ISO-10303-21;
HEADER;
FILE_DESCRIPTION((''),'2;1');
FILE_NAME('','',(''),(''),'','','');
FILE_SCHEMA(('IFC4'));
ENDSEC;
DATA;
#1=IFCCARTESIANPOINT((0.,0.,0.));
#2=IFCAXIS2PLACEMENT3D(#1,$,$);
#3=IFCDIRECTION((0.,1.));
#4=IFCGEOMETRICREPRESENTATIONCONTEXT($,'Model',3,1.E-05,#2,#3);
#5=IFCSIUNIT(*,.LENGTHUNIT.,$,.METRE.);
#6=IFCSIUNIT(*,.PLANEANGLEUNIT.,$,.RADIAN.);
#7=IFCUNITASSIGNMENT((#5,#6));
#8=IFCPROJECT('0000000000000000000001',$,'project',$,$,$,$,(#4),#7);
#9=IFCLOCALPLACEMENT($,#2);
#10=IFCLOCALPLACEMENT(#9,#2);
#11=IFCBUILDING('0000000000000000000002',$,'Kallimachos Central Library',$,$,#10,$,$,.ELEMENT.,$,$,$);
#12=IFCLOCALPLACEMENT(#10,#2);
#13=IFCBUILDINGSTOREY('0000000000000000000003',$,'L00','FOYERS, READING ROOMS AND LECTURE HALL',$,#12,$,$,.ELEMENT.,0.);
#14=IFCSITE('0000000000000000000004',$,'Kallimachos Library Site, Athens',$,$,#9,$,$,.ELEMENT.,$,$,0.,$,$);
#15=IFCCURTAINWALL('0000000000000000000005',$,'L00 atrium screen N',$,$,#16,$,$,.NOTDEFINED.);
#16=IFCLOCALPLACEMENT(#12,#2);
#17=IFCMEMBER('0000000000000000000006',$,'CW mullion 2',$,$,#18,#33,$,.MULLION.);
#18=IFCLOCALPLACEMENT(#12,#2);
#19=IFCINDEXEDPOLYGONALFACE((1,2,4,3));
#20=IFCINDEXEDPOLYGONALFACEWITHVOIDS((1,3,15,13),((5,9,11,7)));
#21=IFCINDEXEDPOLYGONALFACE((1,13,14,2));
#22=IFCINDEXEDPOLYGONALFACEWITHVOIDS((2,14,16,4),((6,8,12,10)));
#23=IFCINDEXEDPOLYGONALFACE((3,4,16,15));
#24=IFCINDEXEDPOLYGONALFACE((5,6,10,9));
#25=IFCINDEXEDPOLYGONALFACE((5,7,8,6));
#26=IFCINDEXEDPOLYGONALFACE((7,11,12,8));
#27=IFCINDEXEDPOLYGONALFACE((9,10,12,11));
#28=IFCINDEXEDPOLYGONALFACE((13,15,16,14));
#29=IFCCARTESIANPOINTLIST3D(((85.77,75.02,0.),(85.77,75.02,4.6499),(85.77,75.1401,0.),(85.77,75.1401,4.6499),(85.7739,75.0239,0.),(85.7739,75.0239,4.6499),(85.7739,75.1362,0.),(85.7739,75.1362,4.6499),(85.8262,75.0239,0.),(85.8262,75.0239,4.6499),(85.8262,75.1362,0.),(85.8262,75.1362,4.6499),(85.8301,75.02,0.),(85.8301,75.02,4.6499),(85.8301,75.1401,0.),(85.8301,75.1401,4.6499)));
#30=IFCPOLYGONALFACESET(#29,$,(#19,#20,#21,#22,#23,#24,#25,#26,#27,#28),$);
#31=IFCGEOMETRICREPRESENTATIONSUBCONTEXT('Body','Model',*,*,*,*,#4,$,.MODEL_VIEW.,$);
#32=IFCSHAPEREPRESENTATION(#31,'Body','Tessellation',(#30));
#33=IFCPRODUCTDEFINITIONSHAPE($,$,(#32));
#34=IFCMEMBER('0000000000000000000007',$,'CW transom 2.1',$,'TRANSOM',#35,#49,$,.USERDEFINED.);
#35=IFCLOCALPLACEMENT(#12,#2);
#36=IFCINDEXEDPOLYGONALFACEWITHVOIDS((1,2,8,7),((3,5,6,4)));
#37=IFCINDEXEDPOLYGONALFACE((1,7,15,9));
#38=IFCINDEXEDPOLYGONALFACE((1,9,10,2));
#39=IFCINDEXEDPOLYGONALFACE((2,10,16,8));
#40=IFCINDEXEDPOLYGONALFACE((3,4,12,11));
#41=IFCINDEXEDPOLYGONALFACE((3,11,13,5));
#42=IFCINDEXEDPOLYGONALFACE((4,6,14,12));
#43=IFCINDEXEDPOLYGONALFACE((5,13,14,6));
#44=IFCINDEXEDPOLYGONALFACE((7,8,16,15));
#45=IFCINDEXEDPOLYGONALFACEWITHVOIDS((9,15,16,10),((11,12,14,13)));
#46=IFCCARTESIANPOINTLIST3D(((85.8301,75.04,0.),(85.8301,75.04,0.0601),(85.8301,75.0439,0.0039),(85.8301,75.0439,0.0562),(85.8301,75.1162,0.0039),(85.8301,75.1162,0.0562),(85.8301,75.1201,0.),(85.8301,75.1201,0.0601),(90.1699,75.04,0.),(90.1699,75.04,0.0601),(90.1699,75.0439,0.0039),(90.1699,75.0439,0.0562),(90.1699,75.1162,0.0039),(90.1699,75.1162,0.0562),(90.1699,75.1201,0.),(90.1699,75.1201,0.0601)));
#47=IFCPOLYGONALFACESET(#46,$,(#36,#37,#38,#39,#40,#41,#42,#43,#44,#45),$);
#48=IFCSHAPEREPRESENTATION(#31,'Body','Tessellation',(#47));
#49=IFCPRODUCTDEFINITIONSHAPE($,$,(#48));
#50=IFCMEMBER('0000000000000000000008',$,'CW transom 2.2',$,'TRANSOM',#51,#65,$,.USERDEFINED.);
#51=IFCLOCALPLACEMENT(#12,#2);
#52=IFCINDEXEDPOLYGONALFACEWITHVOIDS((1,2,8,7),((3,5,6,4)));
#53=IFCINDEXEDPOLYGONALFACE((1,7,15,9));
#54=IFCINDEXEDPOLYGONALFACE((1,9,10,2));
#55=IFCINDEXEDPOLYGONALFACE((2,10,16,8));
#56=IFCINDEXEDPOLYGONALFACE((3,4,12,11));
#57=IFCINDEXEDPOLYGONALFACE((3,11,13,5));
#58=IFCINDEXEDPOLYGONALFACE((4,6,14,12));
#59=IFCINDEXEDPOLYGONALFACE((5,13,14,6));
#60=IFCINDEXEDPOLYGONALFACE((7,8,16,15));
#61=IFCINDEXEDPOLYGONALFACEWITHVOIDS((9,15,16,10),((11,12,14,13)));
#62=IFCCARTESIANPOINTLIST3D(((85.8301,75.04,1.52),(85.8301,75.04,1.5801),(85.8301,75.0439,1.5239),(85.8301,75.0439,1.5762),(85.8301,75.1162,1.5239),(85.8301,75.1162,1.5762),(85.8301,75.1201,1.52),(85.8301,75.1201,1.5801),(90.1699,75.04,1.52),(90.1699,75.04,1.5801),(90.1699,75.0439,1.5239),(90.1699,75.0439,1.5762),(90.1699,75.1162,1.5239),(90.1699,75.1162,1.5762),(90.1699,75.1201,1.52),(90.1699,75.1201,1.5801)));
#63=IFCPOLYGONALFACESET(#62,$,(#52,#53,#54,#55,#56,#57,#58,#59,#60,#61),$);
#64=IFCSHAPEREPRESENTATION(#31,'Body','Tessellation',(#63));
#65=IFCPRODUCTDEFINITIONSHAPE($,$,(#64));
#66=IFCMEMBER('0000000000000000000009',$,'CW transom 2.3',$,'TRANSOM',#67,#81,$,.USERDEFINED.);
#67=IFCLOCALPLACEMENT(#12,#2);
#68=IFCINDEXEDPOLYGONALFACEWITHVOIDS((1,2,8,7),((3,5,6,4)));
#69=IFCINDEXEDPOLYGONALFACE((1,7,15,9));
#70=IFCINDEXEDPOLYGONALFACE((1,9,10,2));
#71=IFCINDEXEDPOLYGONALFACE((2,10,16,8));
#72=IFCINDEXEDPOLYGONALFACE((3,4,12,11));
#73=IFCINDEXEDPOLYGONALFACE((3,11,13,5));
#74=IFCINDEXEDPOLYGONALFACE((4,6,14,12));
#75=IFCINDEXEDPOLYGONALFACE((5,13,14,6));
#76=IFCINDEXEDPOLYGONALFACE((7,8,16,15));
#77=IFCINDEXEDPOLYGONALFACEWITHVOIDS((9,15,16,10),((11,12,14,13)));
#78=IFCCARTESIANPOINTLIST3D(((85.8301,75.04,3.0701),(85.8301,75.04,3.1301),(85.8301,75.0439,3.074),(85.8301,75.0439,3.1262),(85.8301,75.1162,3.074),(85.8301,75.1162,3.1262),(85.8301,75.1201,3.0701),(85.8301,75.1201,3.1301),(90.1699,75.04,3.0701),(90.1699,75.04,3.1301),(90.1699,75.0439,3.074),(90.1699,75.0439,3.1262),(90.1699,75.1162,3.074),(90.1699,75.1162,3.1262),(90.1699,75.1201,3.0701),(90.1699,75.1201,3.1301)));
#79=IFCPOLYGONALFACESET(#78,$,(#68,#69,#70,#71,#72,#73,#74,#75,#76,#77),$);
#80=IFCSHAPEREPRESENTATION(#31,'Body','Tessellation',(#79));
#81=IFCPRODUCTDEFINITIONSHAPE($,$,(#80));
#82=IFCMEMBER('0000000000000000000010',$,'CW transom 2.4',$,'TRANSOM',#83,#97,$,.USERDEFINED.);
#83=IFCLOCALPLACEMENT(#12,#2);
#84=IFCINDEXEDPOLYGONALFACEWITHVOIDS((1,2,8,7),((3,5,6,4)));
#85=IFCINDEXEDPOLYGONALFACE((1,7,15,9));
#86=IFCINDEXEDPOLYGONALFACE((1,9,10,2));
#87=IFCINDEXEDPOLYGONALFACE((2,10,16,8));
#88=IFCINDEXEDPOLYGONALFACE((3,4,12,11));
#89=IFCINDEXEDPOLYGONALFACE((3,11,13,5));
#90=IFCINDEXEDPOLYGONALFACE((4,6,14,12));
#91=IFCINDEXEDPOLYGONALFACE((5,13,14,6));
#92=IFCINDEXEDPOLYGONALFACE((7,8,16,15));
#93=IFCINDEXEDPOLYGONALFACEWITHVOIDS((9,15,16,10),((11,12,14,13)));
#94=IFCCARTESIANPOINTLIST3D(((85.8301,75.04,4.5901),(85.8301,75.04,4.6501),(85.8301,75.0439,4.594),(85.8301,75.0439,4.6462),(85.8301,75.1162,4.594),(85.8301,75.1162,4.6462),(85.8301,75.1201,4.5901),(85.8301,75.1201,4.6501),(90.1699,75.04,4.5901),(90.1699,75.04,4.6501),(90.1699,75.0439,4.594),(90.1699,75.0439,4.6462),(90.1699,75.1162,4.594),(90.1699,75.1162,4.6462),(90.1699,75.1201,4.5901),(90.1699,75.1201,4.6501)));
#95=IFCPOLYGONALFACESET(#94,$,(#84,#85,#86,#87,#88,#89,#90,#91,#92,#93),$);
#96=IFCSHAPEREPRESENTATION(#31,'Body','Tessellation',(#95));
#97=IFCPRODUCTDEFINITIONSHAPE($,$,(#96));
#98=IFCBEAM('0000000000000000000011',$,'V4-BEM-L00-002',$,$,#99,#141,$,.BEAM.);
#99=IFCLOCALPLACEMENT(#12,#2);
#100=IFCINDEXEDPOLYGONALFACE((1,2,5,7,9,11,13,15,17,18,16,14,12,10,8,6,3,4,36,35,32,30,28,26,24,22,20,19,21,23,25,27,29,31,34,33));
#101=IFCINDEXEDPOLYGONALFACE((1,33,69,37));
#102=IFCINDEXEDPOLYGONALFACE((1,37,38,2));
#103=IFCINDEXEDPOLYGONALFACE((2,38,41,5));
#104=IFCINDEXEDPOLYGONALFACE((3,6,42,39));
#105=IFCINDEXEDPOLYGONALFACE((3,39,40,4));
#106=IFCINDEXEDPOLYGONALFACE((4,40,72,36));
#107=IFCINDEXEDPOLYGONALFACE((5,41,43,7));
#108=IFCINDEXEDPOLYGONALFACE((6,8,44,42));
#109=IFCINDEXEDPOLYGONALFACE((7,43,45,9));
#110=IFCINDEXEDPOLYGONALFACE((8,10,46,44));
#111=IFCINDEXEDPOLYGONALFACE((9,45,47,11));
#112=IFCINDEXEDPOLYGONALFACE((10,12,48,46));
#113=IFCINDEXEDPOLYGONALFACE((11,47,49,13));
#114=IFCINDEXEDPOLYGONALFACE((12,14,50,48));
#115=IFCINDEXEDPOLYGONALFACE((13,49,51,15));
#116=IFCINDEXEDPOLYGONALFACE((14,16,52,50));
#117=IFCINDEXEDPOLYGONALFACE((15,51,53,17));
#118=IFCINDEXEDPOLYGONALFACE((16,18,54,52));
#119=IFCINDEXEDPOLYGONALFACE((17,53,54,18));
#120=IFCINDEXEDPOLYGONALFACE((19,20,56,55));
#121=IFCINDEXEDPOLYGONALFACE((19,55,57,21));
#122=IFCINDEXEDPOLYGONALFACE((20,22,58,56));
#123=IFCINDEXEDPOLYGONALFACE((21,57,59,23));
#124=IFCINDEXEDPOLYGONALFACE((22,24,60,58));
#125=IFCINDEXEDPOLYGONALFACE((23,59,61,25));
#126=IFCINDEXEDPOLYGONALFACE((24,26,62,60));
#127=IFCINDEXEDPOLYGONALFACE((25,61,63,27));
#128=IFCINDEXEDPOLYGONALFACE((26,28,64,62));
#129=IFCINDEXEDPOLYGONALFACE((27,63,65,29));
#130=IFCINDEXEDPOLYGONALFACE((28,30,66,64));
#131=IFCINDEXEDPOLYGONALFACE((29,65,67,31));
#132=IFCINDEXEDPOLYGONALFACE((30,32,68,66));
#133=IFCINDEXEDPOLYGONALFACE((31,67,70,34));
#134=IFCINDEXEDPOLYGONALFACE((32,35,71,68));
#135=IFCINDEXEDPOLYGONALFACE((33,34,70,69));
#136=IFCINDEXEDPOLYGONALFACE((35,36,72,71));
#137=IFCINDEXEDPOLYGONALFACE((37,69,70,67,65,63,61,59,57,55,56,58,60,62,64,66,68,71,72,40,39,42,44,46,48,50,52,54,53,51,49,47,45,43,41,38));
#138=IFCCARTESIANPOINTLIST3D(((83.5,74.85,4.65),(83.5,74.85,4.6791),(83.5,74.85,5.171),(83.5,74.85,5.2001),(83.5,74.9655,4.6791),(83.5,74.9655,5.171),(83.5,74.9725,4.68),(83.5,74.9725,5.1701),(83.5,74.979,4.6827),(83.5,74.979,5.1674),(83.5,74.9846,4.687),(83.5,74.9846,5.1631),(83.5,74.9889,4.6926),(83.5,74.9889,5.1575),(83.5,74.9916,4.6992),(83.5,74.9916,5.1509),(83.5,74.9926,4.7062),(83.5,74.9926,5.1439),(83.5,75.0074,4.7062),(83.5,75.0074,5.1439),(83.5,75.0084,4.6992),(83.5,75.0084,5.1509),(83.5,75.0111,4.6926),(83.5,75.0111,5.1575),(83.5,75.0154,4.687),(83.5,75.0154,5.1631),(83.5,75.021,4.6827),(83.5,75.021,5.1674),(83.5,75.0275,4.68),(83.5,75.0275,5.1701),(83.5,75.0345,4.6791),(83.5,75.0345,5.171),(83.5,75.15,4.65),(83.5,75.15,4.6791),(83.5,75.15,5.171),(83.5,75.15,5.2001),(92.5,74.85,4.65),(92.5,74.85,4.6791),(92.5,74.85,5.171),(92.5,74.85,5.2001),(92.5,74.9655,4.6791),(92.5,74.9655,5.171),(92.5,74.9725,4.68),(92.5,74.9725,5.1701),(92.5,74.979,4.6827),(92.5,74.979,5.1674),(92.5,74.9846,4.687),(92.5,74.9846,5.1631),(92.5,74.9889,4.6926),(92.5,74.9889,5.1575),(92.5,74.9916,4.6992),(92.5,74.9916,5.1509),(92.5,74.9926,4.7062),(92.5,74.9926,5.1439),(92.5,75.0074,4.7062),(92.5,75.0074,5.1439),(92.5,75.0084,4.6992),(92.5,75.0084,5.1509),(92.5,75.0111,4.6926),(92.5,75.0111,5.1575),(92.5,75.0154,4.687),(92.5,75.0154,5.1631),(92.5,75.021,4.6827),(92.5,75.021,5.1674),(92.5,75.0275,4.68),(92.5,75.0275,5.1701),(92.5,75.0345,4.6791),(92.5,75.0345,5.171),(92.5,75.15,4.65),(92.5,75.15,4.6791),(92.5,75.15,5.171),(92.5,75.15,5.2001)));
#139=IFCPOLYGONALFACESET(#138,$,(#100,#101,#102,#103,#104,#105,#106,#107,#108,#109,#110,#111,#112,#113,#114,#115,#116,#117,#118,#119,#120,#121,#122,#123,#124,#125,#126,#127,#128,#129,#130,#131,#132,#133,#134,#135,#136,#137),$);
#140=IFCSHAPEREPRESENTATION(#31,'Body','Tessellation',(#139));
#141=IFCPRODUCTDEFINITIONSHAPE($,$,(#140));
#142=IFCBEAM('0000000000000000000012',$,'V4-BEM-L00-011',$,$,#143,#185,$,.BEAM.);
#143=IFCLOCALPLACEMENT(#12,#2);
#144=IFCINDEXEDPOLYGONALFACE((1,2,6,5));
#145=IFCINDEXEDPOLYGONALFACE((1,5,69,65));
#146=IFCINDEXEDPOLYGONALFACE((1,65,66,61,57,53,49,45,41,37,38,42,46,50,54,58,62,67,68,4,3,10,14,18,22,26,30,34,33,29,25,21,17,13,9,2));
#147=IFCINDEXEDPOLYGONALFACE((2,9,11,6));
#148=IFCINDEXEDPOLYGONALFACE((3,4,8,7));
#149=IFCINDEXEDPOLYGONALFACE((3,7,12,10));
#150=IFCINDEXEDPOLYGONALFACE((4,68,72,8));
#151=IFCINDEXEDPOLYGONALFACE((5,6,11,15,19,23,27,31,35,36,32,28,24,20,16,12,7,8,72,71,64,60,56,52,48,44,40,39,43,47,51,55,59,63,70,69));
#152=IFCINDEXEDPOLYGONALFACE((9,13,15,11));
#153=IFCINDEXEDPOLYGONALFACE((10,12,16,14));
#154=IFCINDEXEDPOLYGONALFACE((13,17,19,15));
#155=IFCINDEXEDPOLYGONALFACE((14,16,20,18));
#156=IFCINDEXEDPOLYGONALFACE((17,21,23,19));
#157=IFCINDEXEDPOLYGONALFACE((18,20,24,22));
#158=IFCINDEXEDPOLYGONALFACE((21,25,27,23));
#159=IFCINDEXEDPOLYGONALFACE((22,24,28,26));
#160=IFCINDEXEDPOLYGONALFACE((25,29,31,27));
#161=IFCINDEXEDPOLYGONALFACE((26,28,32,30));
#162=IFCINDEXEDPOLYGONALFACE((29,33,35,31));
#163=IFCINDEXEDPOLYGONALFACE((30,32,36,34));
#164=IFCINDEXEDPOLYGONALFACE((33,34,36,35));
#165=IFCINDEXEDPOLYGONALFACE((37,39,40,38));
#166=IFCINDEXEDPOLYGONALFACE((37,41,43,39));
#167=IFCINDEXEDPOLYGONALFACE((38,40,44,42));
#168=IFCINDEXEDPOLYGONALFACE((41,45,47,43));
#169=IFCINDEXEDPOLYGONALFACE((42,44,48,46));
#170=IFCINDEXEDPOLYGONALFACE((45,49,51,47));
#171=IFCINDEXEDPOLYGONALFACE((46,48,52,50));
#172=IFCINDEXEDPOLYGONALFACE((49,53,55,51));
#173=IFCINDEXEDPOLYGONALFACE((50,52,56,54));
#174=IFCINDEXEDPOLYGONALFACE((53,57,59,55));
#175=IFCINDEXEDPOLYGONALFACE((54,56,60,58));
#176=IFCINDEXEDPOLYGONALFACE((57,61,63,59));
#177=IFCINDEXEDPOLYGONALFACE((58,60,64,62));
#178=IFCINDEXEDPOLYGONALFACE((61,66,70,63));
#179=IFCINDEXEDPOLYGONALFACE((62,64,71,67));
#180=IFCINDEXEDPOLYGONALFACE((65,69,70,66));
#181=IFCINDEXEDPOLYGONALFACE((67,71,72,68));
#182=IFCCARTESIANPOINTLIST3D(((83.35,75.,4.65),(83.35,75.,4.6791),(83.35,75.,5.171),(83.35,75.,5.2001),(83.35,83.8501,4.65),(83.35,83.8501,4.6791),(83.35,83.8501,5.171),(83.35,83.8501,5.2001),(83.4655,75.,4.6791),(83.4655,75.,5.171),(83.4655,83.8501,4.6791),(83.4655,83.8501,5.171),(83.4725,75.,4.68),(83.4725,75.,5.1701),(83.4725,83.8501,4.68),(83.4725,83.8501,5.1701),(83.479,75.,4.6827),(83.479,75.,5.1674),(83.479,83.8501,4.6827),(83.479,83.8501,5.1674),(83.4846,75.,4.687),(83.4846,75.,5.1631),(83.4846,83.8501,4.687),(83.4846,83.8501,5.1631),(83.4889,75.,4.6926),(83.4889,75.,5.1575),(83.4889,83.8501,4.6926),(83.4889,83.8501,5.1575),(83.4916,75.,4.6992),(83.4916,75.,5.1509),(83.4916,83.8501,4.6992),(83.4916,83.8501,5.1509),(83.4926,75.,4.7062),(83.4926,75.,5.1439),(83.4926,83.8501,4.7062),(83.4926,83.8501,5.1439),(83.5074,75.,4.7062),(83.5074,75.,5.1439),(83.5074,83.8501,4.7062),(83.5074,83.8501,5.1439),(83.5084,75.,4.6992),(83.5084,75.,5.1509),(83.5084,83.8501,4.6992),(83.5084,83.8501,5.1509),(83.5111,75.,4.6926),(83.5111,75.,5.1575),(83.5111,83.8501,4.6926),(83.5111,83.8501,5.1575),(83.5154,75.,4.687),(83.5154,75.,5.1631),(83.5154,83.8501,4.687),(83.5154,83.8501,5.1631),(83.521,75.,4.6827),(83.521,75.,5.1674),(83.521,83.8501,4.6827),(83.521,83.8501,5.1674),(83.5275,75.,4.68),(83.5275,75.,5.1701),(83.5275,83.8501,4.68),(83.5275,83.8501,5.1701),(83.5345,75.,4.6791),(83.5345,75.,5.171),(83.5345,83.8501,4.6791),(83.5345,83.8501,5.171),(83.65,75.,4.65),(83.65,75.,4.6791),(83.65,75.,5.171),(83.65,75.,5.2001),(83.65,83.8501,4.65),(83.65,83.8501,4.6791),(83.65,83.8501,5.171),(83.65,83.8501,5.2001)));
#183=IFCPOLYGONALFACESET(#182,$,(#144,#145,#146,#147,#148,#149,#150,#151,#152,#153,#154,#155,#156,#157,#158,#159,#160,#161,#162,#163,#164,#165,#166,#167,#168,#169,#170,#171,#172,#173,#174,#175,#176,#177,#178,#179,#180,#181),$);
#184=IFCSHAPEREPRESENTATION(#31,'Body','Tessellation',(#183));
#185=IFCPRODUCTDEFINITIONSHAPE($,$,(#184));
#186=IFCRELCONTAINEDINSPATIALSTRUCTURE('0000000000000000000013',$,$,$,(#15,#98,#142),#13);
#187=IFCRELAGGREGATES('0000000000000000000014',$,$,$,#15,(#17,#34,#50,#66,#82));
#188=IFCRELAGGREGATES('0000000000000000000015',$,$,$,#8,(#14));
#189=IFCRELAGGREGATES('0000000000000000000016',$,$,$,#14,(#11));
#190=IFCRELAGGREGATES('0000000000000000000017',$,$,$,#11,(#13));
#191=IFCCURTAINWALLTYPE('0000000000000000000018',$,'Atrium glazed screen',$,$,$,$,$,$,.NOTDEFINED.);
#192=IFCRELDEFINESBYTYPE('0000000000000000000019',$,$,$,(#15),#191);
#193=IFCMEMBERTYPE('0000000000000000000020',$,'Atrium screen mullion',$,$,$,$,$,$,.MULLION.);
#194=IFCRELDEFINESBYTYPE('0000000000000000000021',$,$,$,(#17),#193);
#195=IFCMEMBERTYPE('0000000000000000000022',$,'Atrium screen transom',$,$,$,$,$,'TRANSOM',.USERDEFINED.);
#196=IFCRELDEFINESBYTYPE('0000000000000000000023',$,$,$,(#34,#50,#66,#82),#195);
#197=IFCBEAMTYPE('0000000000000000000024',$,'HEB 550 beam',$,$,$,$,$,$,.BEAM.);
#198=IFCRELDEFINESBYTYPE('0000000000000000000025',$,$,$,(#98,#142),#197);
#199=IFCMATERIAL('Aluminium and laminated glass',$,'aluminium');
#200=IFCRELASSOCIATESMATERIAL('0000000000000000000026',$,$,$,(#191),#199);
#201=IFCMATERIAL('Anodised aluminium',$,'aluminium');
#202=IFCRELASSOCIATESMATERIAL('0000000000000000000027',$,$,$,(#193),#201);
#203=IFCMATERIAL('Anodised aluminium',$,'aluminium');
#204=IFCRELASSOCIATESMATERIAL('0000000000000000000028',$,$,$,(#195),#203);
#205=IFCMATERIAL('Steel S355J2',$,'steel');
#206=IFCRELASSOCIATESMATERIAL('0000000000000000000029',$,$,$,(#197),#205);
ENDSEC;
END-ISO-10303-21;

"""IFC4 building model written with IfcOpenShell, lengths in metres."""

from ifc_helpers import new_model, si_unit, direction, frame, origin, origin_2d, place, context, subcontext, project, spatial, hollow_rectangle, i_section, extrude, material, material_profile, profile_set, type_object, element, aggregate, save


model = new_model("IFC4")

# Units and contexts
model_context = context("Model", 3, precision=1e-05, world=origin(), true_north=direction((0.0, 1.0)))
body_context = subcontext(model_context, "Body", "Model", "MODEL_VIEW")
ifc_project = project(units=[si_unit("LENGTHUNIT", "METRE"), si_unit("PLANEANGLEUNIT", "RADIAN")], contexts=[model_context])

# Site, building, storey
site_placement = place(None, origin())
site = spatial("IfcSite", under=ifc_project, at=site_placement, Name="Kallimachos Library Site, Athens", CompositionType="ELEMENT", RefElevation=0.0)
building_placement = place(site_placement, origin())
building = spatial("IfcBuilding", under=site, at=building_placement, Name="Kallimachos Central Library", CompositionType="ELEMENT")
storey_placement = place(building_placement, origin())
storey = spatial("IfcBuildingStorey", under=building, at=storey_placement, Name="L00", Description="FOYERS, READING ROOMS AND LECTURE HALL", CompositionType="ELEMENT", Elevation=0.0)

# Curtain wall, members
ifc_material_1 = material(Name="Aluminium and laminated glass", Category="aluminium")
curtain_wall_type = type_object("IfcCurtainWallType", Name="Atrium glazed screen", PredefinedType="NOTDEFINED", material=ifc_material_1)
curtain_wall_placement = place(storey_placement, origin())
curtain_wall = element("IfcCurtainWall", 1, at=curtain_wall_placement, inside=storey, type_object=curtain_wall_type, Name="L00 atrium screen N", PredefinedType="NOTDEFINED")
ifc_material_2 = material(Name="Anodised aluminium", Category="aluminium")
ifc_material_profile_1 = material_profile(ifc_material_2, hollow_rectangle(XDim=0.0601, YDim=0.1201, WallThickness=0.0039, at=origin_2d()), Name="ALU MULLION 60x120")
ifc_profile_set_1 = profile_set([ifc_material_profile_1], Name="Anodised aluminium")
member_type_1 = type_object("IfcMemberType", Name="Atrium screen mullion", PredefinedType="MULLION", material=ifc_profile_set_1)
member_1_placement = place(storey_placement, frame((85.8, 75.0801, 0.0), z_axis=(0.0, 0.0, 1.0), x_axis=(1.0, 0.0, 0.0)))
member_1 = element("IfcMember", 2, at=member_1_placement, type_object=member_type_1, Name="CW mullion 2", PredefinedType="MULLION", context=body_context, shape_type="SweptSolid", body=[
    extrude(hollow_rectangle(XDim=0.0601, YDim=0.1201, WallThickness=0.0039, at=origin_2d()), origin(), (0.0, 0.0, 1.0), 4.6499),
])
ifc_material_3 = material(Name="Anodised aluminium", Category="aluminium")
ifc_material_profile_2 = material_profile(ifc_material_3, hollow_rectangle(XDim=0.0601, YDim=0.0801, WallThickness=0.0039, at=origin_2d()), Name="ALU TRANSOM 60x80")
ifc_profile_set_2 = profile_set([ifc_material_profile_2], Name="Anodised aluminium")
member_type_2 = type_object("IfcMemberType", Name="Atrium screen transom", ElementType="TRANSOM", PredefinedType="USERDEFINED", material=ifc_profile_set_2)
member_2_placement = place(storey_placement, frame((85.8301, 75.0801, 0.03), z_axis=(1.0, 0.0, 0.0), x_axis=(0.0, 0.0, 1.0)))
member_2 = element("IfcMember", 3, at=member_2_placement, type_object=member_type_2, Name="CW transom 2.1", ObjectType="TRANSOM", PredefinedType="USERDEFINED", context=body_context, shape_type="SweptSolid", body=[
    extrude(hollow_rectangle(XDim=0.0601, YDim=0.0801, WallThickness=0.0039, at=origin_2d()), origin(), (0.0, 0.0, 1.0), 4.3398),
])
member_3_placement = place(storey_placement, frame((85.8301, 75.0801, 1.55), z_axis=(1.0, 0.0, 0.0), x_axis=(0.0, 0.0, 1.0)))
member_3 = element("IfcMember", 4, at=member_3_placement, type_object=member_type_2, Name="CW transom 2.2", ObjectType="TRANSOM", PredefinedType="USERDEFINED", context=body_context, shape_type="SweptSolid", body=[
    extrude(hollow_rectangle(XDim=0.0601, YDim=0.0801, WallThickness=0.0039, at=origin_2d()), origin(), (0.0, 0.0, 1.0), 4.3398),
])
member_4_placement = place(storey_placement, frame((85.8301, 75.0801, 3.1001), z_axis=(1.0, 0.0, 0.0), x_axis=(0.0, 0.0, 1.0)))
member_4 = element("IfcMember", 5, at=member_4_placement, type_object=member_type_2, Name="CW transom 2.3", ObjectType="TRANSOM", PredefinedType="USERDEFINED", context=body_context, shape_type="SweptSolid", body=[
    extrude(hollow_rectangle(XDim=0.0601, YDim=0.0801, WallThickness=0.0039, at=origin_2d()), origin(), (0.0, 0.0, 1.0), 4.3398),
])
member_5_placement = place(storey_placement, frame((85.8301, 75.0801, 4.6201), z_axis=(1.0, 0.0, 0.0), x_axis=(0.0, 0.0, 1.0)))
member_5 = element("IfcMember", 6, at=member_5_placement, type_object=member_type_2, Name="CW transom 2.4", ObjectType="TRANSOM", PredefinedType="USERDEFINED", context=body_context, shape_type="SweptSolid", body=[
    extrude(hollow_rectangle(XDim=0.0601, YDim=0.0801, WallThickness=0.0039, at=origin_2d()), origin(), (0.0, 0.0, 1.0), 4.3398),
])

# Beams
ifc_material_4 = material(Name="Steel S355J2", Category="steel")
ifc_material_profile_3 = material_profile(ifc_material_4, i_section(OverallWidth=0.3, OverallDepth=0.55, WebThickness=0.0149, FlangeThickness=0.0291, FilletRadius=0.0271, at=origin_2d()), Name="HEB 550")
ifc_profile_set_3 = profile_set([ifc_material_profile_3], Name="Steel S355J2")
beam_type_1 = type_object("IfcBeamType", Name="HEB 550 beam", PredefinedType="BEAM", material=ifc_profile_set_3)
beam_1_placement = place(storey_placement, frame((83.5, 75.0, 4.925), z_axis=(1.0, 0.0, 0.0), x_axis=(0.0, 1.0, 0.0)))
element("IfcBeam", 7, at=beam_1_placement, inside=storey, type_object=beam_type_1, Name="V4-BEM-L00-002", PredefinedType="BEAM", context=body_context, shape_type="SweptSolid", body=[
    extrude(i_section(OverallWidth=0.3, OverallDepth=0.55, WebThickness=0.0149, FlangeThickness=0.0291, FilletRadius=0.0271, at=origin_2d()), origin(), (0.0, 0.0, 1.0), 9.0),
])
beam_2_placement = place(storey_placement, frame((83.5, 75.0, 4.925), z_axis=(0.0, 1.0, 0.0), x_axis=(-1.0, 0.0, 0.0)))
element("IfcBeam", 8, at=beam_2_placement, inside=storey, type_object=beam_type_1, Name="V4-BEM-L00-011", PredefinedType="BEAM", context=body_context, shape_type="SweptSolid", body=[
    extrude(i_section(OverallWidth=0.3, OverallDepth=0.55, WebThickness=0.0149, FlangeThickness=0.0291, FilletRadius=0.0271, at=origin_2d()), origin(), (0.0, 0.0, 1.0), 8.8501),
])

aggregate(curtain_wall, [member_1, member_2, member_3, member_4, member_5])

save(model, "model.ifc")
